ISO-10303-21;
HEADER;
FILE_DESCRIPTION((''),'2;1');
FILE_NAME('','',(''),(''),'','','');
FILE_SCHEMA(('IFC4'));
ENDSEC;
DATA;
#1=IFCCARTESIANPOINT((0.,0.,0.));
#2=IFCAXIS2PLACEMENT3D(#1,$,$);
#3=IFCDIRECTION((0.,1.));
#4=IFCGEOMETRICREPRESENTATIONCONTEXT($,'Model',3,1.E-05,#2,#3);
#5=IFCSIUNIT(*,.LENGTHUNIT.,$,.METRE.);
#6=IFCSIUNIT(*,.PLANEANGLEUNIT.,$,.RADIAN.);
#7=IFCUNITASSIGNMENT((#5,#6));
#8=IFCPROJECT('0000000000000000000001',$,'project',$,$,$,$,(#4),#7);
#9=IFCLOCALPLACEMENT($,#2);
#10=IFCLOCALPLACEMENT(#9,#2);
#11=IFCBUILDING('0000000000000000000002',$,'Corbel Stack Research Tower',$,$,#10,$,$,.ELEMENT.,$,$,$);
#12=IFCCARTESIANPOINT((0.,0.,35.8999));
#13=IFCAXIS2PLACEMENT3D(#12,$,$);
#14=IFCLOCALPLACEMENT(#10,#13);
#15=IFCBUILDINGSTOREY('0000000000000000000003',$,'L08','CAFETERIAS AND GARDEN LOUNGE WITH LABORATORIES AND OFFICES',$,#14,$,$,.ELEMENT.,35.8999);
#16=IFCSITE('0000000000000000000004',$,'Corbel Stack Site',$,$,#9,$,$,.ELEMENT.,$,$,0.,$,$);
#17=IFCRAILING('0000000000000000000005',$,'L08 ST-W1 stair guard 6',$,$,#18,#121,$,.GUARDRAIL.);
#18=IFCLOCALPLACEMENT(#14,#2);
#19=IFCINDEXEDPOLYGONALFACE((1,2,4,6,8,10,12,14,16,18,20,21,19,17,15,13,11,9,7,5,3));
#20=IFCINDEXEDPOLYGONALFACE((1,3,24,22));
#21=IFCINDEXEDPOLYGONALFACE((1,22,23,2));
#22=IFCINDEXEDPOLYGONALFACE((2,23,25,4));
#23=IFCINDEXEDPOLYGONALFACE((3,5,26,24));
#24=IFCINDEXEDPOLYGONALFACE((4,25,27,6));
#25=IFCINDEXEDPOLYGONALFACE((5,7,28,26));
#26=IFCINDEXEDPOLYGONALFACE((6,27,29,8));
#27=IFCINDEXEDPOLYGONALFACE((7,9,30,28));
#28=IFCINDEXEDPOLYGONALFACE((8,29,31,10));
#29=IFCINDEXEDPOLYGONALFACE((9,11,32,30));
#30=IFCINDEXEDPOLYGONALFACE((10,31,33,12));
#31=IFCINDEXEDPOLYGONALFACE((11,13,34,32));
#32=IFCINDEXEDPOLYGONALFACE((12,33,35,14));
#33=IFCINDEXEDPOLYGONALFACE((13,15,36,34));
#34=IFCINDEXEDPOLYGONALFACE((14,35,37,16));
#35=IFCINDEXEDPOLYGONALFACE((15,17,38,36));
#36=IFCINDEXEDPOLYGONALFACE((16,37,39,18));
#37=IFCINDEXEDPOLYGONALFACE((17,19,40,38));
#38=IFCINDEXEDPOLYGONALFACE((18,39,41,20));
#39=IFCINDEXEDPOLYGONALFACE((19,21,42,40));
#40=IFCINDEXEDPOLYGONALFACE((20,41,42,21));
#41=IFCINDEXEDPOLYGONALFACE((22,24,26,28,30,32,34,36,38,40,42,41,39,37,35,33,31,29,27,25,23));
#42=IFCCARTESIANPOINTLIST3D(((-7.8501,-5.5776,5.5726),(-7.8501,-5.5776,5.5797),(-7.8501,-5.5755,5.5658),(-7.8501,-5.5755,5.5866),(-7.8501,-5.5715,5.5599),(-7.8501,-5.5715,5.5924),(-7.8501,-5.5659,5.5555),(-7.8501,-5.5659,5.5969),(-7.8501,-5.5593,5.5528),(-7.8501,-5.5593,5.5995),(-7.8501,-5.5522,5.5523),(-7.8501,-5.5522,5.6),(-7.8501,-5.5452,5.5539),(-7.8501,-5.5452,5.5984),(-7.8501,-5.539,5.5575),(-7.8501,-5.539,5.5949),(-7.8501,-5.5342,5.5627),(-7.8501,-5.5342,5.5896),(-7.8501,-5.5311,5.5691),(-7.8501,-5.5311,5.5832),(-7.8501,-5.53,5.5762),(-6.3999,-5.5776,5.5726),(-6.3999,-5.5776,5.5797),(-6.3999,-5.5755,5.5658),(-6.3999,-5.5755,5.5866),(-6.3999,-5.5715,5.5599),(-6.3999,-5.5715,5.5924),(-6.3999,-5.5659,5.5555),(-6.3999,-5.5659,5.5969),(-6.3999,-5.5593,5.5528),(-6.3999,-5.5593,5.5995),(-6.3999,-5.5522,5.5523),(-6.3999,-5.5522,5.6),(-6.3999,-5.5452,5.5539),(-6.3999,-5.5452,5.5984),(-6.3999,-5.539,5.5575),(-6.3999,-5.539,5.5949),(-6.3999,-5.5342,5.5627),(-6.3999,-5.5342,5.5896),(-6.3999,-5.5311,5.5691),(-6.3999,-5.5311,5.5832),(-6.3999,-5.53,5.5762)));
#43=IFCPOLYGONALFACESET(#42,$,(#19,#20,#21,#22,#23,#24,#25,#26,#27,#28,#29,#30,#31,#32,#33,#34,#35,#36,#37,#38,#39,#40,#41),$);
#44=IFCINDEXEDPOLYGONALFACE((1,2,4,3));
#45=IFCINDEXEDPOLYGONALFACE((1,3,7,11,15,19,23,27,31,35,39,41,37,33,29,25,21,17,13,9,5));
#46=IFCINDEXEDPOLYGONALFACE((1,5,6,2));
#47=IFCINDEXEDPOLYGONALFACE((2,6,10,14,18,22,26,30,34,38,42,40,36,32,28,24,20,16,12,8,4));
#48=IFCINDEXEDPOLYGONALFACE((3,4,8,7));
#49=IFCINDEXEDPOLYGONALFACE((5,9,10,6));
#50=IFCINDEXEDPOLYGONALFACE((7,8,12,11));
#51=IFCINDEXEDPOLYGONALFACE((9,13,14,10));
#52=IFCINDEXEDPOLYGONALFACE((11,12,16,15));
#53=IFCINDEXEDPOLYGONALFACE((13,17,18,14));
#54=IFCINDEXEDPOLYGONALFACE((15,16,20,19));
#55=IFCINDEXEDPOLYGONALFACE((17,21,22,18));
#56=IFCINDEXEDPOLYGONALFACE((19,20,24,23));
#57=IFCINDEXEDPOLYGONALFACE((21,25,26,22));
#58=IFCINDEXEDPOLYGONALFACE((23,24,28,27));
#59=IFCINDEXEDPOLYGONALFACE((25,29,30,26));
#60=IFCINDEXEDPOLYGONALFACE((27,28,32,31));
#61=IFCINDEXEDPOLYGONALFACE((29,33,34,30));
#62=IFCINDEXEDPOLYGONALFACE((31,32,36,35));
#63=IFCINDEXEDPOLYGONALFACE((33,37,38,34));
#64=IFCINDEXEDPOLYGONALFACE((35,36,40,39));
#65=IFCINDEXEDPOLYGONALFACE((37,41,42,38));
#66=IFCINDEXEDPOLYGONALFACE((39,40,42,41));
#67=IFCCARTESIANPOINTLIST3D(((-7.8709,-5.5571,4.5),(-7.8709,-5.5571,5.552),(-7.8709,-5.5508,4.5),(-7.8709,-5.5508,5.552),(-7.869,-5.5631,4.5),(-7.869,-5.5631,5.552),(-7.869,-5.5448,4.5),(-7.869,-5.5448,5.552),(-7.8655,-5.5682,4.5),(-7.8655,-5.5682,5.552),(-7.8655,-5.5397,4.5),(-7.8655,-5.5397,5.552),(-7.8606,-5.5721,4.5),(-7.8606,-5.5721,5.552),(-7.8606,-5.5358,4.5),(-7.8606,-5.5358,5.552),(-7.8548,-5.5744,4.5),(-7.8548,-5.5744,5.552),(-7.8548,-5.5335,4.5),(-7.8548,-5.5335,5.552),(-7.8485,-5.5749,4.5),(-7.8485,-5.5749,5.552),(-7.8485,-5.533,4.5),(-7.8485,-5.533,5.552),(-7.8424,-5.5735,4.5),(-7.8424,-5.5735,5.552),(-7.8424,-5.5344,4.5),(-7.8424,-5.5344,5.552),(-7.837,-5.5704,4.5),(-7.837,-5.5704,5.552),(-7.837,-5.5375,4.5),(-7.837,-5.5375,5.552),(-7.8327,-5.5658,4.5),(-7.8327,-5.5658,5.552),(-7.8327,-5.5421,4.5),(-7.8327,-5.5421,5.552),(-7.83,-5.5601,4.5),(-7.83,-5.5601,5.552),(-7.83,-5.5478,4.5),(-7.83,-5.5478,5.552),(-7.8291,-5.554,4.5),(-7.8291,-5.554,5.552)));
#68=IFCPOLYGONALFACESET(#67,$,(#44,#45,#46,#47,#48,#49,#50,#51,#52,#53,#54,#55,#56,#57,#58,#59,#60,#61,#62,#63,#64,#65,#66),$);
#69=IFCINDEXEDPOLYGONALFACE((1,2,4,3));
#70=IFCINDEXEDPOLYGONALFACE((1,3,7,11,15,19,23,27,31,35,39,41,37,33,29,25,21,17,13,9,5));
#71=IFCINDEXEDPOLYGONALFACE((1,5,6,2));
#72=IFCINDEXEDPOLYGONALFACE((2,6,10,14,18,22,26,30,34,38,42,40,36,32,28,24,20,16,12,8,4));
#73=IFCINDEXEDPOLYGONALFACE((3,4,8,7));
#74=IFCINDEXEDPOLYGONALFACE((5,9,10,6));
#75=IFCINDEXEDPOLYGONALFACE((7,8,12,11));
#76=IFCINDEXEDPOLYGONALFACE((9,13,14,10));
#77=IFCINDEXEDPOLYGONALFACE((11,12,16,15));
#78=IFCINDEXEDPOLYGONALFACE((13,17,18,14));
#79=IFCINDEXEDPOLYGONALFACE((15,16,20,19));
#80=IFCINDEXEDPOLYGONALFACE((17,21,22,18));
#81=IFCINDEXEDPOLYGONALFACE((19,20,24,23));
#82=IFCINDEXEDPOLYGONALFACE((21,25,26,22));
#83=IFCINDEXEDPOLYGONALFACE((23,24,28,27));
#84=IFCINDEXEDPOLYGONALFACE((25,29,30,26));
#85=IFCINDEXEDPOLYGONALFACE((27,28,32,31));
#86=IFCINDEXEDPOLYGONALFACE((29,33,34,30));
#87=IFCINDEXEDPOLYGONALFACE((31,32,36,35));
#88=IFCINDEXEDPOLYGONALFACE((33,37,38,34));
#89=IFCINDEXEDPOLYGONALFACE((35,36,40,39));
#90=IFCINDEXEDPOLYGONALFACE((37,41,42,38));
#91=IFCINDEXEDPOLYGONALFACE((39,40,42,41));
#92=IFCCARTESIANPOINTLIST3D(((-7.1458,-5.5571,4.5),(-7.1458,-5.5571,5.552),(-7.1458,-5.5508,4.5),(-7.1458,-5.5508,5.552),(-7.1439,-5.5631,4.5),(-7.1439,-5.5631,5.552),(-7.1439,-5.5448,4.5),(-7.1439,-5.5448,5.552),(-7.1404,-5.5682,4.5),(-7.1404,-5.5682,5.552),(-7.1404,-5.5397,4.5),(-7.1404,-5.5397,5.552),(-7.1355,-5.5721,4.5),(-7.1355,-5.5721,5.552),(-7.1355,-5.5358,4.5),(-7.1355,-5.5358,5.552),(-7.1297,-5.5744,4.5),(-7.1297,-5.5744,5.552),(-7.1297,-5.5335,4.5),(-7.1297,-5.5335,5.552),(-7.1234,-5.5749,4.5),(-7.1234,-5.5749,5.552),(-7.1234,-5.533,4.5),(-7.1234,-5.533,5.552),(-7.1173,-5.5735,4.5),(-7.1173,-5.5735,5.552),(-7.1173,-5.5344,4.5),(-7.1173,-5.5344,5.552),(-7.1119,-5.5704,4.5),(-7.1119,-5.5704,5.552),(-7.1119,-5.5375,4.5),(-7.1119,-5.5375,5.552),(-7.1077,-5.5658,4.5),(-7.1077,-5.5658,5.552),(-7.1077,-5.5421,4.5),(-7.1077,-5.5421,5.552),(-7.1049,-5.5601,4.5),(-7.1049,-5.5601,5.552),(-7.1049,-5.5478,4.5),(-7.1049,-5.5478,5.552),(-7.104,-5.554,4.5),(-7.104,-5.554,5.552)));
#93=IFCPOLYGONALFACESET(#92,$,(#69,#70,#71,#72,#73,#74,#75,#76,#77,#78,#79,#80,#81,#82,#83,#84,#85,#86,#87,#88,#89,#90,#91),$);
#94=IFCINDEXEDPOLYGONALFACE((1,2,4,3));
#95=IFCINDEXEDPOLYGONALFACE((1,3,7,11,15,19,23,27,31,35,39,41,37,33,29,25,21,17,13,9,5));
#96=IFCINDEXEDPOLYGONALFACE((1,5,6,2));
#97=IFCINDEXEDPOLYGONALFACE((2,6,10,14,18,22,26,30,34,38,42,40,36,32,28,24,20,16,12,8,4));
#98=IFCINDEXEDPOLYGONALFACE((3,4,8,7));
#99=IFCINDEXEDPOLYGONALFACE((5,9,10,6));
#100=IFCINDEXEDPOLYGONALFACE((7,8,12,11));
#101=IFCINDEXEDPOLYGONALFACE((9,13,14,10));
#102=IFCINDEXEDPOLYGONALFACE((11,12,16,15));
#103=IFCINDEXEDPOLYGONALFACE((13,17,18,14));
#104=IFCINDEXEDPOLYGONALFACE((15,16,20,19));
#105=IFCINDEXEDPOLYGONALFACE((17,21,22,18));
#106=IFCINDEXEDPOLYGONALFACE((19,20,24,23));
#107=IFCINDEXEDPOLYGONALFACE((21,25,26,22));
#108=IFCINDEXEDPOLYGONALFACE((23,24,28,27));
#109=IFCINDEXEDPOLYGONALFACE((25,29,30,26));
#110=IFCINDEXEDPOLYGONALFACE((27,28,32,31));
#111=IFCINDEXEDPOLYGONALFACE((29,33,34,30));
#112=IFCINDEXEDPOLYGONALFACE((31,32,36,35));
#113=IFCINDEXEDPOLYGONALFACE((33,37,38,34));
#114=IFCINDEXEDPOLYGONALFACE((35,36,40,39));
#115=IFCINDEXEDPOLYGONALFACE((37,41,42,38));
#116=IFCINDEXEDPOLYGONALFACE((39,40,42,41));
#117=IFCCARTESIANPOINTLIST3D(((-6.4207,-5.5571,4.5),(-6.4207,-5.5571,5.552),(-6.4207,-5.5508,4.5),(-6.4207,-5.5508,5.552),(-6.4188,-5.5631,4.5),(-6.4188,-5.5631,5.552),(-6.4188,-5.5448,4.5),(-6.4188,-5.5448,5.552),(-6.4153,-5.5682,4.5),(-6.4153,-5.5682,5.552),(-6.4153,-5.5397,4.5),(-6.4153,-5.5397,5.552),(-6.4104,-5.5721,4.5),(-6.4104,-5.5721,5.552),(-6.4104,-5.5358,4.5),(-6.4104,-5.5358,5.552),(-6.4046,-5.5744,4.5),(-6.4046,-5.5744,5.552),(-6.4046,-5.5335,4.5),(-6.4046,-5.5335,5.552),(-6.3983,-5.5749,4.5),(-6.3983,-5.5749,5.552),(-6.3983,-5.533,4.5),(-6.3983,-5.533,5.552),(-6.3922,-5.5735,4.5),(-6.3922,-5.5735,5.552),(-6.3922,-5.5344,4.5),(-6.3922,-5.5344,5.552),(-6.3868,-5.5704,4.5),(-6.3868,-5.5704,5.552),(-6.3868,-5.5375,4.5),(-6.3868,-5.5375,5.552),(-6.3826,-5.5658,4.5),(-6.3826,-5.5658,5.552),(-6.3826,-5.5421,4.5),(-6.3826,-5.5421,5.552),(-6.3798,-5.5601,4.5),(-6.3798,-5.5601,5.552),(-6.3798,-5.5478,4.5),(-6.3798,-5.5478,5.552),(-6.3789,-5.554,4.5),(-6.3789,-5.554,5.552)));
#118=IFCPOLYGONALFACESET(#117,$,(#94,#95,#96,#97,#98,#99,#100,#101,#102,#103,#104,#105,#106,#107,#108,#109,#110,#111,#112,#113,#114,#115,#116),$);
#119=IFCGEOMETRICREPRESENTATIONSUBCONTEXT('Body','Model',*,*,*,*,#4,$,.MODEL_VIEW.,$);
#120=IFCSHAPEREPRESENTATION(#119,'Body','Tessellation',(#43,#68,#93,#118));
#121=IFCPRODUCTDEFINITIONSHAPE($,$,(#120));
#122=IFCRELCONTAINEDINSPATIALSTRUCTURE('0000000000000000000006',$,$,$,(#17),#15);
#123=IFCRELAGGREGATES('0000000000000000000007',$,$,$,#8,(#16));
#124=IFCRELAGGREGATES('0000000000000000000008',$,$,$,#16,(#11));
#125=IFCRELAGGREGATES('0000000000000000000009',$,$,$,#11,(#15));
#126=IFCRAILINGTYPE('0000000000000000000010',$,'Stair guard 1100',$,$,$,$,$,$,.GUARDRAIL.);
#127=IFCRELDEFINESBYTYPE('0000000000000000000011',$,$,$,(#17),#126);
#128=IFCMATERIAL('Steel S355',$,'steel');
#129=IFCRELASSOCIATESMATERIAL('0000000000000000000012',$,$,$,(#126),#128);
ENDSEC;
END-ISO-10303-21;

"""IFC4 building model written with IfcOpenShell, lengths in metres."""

from ifc_helpers import new_model, si_unit, direction, frame, origin, origin_2d, place, context, subcontext, project, spatial, circle, extrude, material, type_object, element, save


model = new_model("IFC4")

# Units and contexts
model_context = context("Model", 3, precision=1e-05, world=origin(), true_north=direction((0.0, 1.0)))
body_context = subcontext(model_context, "Body", "Model", "MODEL_VIEW")
ifc_project = project(units=[si_unit("LENGTHUNIT", "METRE"), si_unit("PLANEANGLEUNIT", "RADIAN")], contexts=[model_context])

# Site, building, storey
site_placement = place(None, origin())
site = spatial("IfcSite", under=ifc_project, at=site_placement, Name="Corbel Stack Site", CompositionType="ELEMENT", RefElevation=0.0)
building_placement = place(site_placement, origin())
building = spatial("IfcBuilding", under=site, at=building_placement, Name="Corbel Stack Research Tower", CompositionType="ELEMENT")
storey_placement = place(building_placement, frame((0.0, 0.0, 35.8999)))
storey = spatial("IfcBuildingStorey", under=building, at=storey_placement, Name="L08", Description="CAFETERIAS AND GARDEN LOUNGE WITH LABORATORIES AND OFFICES", CompositionType="ELEMENT", Elevation=35.8999)

# Railing
ifc_material_1 = material(Name="Steel S355", Category="steel")
railing_type_1 = type_object("IfcRailingType", Name="Stair guard 1100", PredefinedType="GUARDRAIL", material=ifc_material_1)
railing_1_placement = place(storey_placement, frame((-7.8501, -5.554, 4.5)))
element("IfcRailing", 1, at=railing_1_placement, inside=storey, type_object=railing_type_1, Name="L08 ST-W1 stair guard 6", PredefinedType="GUARDRAIL", context=body_context, shape_type="SweptSolid", body=[
    extrude(circle(Radius=0.0239, at=origin_2d()), frame((0.0, 0.0, 1.0762), z_axis=(1.0, 0.0, 0.0), x_axis=(0.0, 1.0, 0.0)), (0.0, 0.0, 1.0), 1.4502),
    extrude(circle(Radius=0.021, at=origin_2d()), origin(), (0.0, 0.0, 1.0), 1.052),
    extrude(circle(Radius=0.021, at=origin_2d()), frame((0.7251, 0.0, 0.0)), (0.0, 0.0, 1.0), 1.052),
    extrude(circle(Radius=0.021, at=origin_2d()), frame((1.4502, 0.0, 0.0)), (0.0, 0.0, 1.0), 1.052),
])

save(model, "model.ifc")
